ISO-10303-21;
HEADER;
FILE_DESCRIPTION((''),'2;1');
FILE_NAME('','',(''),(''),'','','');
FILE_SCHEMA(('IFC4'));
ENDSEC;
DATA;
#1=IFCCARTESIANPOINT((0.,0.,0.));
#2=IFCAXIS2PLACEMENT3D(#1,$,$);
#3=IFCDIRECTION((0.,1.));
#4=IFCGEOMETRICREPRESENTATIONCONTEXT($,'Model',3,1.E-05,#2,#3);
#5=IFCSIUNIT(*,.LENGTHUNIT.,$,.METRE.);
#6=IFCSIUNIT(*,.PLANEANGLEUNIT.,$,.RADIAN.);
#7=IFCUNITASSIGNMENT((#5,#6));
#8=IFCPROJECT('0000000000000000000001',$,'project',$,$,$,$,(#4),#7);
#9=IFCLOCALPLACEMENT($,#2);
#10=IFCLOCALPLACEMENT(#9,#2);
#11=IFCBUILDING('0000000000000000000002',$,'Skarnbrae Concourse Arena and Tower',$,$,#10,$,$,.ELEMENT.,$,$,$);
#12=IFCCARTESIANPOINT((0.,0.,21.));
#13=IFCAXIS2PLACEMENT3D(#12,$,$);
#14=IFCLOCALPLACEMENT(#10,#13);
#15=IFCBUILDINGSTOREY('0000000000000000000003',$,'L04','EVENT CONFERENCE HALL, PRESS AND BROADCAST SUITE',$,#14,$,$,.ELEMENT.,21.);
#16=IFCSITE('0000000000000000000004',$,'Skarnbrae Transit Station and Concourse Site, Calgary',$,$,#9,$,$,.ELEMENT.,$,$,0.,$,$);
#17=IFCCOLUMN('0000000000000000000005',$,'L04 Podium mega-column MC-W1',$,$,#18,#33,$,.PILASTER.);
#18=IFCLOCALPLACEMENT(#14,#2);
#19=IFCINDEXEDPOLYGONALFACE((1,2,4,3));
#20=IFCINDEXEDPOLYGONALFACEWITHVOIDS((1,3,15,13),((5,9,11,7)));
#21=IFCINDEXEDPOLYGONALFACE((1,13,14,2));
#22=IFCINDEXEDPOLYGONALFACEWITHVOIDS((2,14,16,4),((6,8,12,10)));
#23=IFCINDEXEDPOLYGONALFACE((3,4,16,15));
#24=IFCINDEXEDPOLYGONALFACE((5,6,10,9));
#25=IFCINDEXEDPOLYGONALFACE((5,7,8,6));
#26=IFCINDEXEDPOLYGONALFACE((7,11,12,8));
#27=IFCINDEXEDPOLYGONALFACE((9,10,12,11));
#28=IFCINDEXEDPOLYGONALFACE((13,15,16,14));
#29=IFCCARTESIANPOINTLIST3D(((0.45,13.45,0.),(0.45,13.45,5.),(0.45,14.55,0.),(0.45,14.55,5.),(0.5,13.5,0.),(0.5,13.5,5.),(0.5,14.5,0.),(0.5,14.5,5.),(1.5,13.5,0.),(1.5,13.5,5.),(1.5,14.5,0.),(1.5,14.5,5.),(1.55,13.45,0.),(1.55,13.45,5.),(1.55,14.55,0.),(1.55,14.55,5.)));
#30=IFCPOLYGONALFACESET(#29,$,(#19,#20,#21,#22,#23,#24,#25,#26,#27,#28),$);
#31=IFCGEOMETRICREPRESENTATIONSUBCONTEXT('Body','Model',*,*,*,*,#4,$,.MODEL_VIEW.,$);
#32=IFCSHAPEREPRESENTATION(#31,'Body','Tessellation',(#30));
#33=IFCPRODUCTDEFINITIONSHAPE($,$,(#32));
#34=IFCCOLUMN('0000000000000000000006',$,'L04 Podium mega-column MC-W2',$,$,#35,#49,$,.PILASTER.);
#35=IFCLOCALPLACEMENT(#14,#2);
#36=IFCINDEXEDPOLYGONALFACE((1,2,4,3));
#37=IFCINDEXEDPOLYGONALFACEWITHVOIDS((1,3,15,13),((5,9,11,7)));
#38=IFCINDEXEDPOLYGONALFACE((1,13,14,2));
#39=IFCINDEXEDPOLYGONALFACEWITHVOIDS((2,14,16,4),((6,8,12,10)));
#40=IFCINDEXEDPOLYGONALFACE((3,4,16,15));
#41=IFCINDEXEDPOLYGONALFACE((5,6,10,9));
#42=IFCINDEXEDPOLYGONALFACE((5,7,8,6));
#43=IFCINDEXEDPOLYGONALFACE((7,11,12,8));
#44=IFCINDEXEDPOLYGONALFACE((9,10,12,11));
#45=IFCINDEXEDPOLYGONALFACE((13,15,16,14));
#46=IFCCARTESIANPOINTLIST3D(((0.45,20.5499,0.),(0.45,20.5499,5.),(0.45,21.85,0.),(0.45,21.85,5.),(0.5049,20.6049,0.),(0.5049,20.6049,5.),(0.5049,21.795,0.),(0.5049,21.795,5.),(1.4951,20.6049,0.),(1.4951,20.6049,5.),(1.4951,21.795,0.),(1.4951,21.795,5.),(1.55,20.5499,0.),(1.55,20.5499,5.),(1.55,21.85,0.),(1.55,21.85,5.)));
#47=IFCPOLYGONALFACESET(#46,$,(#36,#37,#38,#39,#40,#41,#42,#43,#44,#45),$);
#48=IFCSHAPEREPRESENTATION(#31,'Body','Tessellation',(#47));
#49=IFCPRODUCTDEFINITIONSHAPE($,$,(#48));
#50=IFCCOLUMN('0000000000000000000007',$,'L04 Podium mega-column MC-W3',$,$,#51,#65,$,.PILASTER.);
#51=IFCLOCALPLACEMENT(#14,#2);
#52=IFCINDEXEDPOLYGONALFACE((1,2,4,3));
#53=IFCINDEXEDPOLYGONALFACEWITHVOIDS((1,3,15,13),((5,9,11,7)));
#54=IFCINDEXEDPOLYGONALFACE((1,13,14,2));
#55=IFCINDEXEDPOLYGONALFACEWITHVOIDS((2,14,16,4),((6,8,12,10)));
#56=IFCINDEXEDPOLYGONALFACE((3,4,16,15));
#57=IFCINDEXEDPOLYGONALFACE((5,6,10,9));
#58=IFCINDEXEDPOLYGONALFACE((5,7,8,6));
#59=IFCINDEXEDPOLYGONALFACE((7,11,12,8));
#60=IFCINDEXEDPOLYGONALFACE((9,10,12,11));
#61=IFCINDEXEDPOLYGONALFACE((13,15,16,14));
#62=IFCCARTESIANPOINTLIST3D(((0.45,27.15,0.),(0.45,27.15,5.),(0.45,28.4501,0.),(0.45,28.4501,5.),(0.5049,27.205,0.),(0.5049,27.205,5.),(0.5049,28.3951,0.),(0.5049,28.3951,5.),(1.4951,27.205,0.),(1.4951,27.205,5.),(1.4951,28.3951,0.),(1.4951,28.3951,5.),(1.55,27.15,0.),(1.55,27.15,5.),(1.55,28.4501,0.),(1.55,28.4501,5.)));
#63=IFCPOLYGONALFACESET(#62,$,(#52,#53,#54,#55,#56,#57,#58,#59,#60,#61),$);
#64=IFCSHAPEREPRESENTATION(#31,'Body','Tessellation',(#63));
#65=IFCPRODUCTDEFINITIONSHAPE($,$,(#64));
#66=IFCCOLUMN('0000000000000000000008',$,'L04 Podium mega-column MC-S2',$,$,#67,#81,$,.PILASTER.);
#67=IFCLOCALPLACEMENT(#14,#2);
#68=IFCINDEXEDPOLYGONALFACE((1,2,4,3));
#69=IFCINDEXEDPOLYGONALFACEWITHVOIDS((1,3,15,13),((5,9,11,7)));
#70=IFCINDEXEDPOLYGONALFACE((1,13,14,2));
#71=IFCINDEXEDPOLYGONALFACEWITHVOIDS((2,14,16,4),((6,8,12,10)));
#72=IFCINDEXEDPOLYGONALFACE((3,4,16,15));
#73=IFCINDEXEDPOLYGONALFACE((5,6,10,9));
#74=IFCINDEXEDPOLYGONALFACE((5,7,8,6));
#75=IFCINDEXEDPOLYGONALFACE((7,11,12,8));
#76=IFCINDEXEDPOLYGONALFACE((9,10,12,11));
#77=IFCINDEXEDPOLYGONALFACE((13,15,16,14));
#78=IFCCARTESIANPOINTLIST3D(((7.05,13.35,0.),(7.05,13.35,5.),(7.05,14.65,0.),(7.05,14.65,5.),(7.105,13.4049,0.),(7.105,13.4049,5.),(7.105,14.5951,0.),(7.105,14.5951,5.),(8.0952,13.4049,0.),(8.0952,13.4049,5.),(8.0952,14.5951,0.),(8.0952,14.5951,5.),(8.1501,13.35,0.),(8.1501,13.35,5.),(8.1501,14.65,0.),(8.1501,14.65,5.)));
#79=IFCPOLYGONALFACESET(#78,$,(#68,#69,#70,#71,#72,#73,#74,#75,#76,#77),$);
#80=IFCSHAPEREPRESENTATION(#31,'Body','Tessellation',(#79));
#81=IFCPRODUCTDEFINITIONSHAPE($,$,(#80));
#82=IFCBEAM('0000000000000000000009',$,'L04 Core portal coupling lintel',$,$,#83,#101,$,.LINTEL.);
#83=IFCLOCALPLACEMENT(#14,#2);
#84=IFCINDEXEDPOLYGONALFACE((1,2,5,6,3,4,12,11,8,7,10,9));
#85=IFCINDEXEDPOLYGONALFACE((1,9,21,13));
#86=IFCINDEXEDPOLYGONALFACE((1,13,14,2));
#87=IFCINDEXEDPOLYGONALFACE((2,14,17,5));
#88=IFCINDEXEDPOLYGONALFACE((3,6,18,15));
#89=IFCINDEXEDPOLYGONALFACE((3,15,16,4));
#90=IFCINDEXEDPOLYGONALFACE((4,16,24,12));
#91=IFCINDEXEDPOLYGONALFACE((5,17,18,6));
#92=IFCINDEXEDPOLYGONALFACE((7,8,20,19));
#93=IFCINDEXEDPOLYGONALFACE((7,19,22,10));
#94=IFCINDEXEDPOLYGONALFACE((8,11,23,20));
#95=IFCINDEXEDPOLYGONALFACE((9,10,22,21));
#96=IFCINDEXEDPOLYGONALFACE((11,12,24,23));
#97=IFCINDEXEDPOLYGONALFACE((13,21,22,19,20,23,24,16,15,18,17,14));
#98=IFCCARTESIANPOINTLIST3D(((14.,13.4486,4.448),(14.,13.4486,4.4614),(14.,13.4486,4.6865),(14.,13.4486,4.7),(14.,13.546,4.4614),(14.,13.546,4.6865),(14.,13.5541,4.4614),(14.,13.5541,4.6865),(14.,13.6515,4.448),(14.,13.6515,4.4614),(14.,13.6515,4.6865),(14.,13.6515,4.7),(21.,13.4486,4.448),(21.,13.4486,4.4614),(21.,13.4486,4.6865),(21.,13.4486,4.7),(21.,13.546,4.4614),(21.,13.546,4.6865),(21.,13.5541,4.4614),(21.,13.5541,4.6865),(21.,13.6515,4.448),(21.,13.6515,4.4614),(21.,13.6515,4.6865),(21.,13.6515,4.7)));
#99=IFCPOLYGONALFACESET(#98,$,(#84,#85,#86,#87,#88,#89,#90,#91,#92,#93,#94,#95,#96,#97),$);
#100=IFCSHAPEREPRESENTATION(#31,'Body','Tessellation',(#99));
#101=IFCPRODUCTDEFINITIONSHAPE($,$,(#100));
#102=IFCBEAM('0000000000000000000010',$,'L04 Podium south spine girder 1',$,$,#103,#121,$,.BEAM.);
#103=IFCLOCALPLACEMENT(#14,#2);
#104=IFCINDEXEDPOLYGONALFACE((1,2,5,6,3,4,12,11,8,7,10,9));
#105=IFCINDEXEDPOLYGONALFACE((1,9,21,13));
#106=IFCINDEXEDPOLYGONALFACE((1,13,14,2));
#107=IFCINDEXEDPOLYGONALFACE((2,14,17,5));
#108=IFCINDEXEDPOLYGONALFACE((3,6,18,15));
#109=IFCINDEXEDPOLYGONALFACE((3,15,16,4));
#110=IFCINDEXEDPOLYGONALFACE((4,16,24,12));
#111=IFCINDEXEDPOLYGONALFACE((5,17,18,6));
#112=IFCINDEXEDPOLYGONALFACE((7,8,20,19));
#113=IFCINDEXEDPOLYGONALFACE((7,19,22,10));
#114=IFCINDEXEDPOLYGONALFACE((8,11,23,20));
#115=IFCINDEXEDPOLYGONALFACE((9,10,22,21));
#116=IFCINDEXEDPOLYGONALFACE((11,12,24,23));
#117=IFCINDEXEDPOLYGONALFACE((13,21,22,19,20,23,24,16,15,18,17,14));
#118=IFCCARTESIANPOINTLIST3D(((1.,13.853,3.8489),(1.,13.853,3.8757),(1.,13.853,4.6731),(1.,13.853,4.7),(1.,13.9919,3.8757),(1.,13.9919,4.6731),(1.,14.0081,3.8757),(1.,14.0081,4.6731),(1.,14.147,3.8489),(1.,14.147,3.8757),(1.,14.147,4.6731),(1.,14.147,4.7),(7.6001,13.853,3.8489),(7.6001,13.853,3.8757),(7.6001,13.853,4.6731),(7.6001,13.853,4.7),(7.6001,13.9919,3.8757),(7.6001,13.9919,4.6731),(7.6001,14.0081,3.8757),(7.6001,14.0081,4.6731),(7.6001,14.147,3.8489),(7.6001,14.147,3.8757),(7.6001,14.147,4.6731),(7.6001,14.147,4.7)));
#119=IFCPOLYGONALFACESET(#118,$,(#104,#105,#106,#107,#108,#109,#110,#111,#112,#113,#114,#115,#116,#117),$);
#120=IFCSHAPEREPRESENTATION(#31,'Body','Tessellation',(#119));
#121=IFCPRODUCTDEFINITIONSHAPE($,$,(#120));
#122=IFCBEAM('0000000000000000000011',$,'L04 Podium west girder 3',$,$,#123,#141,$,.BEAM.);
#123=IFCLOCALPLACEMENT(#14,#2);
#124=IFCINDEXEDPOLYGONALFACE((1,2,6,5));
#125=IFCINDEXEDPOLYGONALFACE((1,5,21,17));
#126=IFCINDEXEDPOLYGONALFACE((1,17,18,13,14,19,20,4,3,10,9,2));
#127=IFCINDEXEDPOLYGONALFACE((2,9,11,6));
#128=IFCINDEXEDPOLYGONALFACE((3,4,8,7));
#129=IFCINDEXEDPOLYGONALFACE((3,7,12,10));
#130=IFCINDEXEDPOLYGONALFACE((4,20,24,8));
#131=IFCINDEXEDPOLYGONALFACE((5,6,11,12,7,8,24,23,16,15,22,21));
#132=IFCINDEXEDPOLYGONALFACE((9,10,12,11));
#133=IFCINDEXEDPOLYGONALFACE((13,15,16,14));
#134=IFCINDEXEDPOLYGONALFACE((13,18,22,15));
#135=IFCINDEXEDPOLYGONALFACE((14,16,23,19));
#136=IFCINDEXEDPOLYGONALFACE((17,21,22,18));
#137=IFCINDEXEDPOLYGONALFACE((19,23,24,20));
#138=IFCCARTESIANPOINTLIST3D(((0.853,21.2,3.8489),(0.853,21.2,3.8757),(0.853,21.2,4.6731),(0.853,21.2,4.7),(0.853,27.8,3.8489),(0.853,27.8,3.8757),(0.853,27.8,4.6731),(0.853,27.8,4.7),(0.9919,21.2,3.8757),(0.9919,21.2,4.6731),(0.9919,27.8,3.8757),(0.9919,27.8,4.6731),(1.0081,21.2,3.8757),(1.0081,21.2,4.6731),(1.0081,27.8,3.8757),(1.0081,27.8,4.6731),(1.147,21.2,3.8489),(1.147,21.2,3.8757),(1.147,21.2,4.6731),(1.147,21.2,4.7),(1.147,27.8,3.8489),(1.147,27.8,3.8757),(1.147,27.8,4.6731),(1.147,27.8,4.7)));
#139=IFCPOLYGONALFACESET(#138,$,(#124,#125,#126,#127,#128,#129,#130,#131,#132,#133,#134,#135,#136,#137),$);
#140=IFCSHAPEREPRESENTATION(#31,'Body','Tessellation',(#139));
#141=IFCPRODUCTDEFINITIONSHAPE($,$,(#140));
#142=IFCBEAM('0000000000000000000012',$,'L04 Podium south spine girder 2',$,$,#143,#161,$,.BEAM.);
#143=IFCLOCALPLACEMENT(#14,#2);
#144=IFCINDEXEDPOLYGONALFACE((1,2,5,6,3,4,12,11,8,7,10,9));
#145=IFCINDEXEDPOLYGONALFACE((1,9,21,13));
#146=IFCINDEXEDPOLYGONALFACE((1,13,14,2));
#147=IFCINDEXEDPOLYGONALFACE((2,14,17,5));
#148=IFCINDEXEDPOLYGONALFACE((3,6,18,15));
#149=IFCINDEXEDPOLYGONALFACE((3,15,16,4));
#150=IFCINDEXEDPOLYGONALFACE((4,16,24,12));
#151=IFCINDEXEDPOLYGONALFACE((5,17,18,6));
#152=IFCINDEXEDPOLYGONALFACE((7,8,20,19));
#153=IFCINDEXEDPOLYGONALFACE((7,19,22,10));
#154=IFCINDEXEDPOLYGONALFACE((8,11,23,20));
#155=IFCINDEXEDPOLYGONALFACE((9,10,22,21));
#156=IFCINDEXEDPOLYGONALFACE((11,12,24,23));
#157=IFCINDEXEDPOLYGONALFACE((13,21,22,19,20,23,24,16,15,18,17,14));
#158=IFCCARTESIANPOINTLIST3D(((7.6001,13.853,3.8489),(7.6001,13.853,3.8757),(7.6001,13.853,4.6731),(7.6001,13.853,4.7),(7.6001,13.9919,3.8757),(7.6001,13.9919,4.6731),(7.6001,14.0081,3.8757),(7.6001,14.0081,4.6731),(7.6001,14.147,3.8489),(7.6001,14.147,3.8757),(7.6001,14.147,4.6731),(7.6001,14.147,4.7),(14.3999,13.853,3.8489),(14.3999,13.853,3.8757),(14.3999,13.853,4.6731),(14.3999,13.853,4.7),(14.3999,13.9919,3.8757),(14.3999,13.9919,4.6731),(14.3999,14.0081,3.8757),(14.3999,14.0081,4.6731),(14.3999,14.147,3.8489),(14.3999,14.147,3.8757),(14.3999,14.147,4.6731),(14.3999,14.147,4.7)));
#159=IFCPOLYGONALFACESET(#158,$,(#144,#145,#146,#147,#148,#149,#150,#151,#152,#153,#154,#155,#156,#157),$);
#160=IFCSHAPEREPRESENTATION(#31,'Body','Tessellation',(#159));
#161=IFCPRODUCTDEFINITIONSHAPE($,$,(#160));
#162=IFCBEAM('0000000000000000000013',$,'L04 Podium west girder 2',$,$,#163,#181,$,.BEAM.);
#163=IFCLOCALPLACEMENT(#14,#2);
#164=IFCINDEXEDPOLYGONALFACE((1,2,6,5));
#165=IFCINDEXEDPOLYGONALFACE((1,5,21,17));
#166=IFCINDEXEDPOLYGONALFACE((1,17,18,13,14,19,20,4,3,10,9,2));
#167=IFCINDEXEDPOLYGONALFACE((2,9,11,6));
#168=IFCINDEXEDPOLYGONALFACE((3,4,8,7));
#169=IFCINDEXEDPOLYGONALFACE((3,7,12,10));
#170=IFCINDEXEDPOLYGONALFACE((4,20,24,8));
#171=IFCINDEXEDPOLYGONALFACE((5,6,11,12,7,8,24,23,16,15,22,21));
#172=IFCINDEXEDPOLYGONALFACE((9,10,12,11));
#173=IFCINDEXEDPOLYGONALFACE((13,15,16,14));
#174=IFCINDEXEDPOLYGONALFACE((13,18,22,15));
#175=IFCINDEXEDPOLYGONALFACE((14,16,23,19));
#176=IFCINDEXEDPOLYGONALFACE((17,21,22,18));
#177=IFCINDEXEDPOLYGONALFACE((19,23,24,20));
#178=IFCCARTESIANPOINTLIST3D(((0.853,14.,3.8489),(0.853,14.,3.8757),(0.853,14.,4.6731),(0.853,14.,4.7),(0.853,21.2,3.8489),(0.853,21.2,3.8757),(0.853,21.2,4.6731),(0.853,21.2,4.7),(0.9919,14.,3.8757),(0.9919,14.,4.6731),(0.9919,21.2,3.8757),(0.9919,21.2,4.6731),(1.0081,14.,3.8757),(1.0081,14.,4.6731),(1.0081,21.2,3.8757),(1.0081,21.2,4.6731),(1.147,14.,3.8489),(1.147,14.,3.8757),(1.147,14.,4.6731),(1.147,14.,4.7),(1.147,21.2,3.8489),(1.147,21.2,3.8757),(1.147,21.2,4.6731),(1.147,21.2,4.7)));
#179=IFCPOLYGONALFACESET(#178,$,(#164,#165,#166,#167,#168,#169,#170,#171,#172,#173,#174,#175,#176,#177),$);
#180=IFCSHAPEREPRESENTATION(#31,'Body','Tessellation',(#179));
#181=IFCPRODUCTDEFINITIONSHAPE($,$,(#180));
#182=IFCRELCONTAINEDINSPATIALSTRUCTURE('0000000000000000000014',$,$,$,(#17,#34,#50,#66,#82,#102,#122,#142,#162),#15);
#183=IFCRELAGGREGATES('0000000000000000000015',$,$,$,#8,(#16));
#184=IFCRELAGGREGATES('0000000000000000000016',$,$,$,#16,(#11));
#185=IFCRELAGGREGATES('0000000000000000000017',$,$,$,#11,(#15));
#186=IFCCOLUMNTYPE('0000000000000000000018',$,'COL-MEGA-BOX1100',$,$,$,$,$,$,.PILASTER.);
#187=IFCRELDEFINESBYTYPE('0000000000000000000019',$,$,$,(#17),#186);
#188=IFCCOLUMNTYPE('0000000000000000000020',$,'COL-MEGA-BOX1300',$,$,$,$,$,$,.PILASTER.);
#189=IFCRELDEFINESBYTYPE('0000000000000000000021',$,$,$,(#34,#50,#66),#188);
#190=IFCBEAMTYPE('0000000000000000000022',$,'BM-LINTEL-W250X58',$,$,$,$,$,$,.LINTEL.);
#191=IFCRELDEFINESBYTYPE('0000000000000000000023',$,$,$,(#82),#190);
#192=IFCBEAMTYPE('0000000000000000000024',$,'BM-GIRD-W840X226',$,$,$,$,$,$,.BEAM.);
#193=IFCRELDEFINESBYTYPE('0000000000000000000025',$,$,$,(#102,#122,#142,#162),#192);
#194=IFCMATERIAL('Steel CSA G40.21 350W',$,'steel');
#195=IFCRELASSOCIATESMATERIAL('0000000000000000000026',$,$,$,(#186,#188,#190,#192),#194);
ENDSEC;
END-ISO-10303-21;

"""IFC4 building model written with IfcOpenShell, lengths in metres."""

from ifc_helpers import new_model, si_unit, direction, frame, origin, origin_2d, place, context, subcontext, project, spatial, hollow_rectangle, i_section, extrude, source, transform, mapped, material, material_profile, profile_set, type_object, element, save


model = new_model("IFC4")

# Units and contexts
model_context = context("Model", 3, precision=1e-05, world=origin(), true_north=direction((0.0, 1.0)))
body_context = subcontext(model_context, "Body", "Model", "MODEL_VIEW")
ifc_project = project(units=[si_unit("LENGTHUNIT", "METRE"), si_unit("PLANEANGLEUNIT", "RADIAN")], contexts=[model_context])

# Site, building, storey
site_placement = place(None, origin())
site = spatial("IfcSite", under=ifc_project, at=site_placement, Name="Skarnbrae Transit Station and Concourse Site, Calgary", CompositionType="ELEMENT", RefElevation=0.0)
building_placement = place(site_placement, origin())
building = spatial("IfcBuilding", under=site, at=building_placement, Name="Skarnbrae Concourse Arena and Tower", CompositionType="ELEMENT")
storey_placement = place(building_placement, frame((0.0, 0.0, 21.0)))
storey = spatial("IfcBuildingStorey", under=building, at=storey_placement, Name="L04", Description="EVENT CONFERENCE HALL, PRESS AND BROADCAST SUITE", CompositionType="ELEMENT", Elevation=21.0)

# Columns
ifc_material_1 = material(Name="Steel CSA G40.21 350W", Category="steel")
ifc_material_profile_1 = material_profile(ifc_material_1, hollow_rectangle(XDim=1.1001, YDim=1.1001, WallThickness=0.05, at=origin_2d()), Name="BOX1100X1100X50")
ifc_profile_set_1 = profile_set([ifc_material_profile_1], Name="Steel CSA G40.21 350W")
column_type_1 = type_object("IfcColumnType", Name="COL-MEGA-BOX1100", PredefinedType="PILASTER", material=ifc_profile_set_1)
shared_shape_1 = source(origin(), body_context, "Body", "SweptSolid", [
    extrude(hollow_rectangle(XDim=1.1001, YDim=1.1001, WallThickness=0.05, at=origin_2d()), origin(), (0.0, 0.0, 1.0), 5.0),
])
column_placement = place(storey_placement, frame((1.0, 14.0, 0.0), z_axis=(0.0, 0.0, 1.0), x_axis=(1.0, 0.0, 0.0)))
element("IfcColumn", 1, at=column_placement, inside=storey, type_object=column_type_1, Name="L04 Podium mega-column MC-W1", PredefinedType="PILASTER", context=body_context, shape_type="MappedRepresentation", body=[
    mapped(shared_shape_1, transform((0.0, 0.0, 0.0))),
])
ifc_material_profile_2 = material_profile(ifc_material_1, hollow_rectangle(XDim=1.1001, YDim=1.3, WallThickness=0.0549, at=origin_2d()), Name="BOX1300X1100X55")
ifc_profile_set_2 = profile_set([ifc_material_profile_2], Name="Steel CSA G40.21 350W")
column_type_2 = type_object("IfcColumnType", Name="COL-MEGA-BOX1300", PredefinedType="PILASTER", material=ifc_profile_set_2)
shared_shape_2 = source(origin(), body_context, "Body", "SweptSolid", [
    extrude(hollow_rectangle(XDim=1.1001, YDim=1.3, WallThickness=0.0549, at=origin_2d()), origin(), (0.0, 0.0, 1.0), 5.0),
])
for number, where, z_axis, x_axis, name in (
    (2, (1.0, 21.2, 0.0), (0.0, 0.0, 1.0), (1.0, 0.0, 0.0), "L04 Podium mega-column MC-W2"),
    (3, (1.0, 27.8, 0.0), (0.0, 0.0, 1.0), (1.0, 0.0, 0.0), "L04 Podium mega-column MC-W3"),
    (4, (7.6001, 14.0, 0.0), (0.0, 0.0, 1.0), (1.0, 0.0, 0.0), "L04 Podium mega-column MC-S2"),
):
    element("IfcColumn", number, at=place(storey_placement, frame(where, z_axis=z_axis, x_axis=x_axis)), inside=storey, type_object=column_type_2, Name=name, PredefinedType="PILASTER", context=body_context, shape_type="MappedRepresentation", body=[
        mapped(shared_shape_2, transform((0.0, 0.0, 0.0))),
    ])

# Beams
ifc_material_profile_3 = material_profile(ifc_material_1, i_section(OverallWidth=0.2029, OverallDepth=0.252, WebThickness=0.0081, FlangeThickness=0.0134, at=origin_2d()), Name="W250X58")
ifc_profile_set_3 = profile_set([ifc_material_profile_3], Name="Steel CSA G40.21 350W")
beam_type_1 = type_object("IfcBeamType", Name="BM-LINTEL-W250X58", PredefinedType="LINTEL", material=ifc_profile_set_3)
shared_shape_3 = source(origin(), body_context, "Body", "SweptSolid", [
    extrude(i_section(OverallWidth=0.2029, OverallDepth=0.252, WebThickness=0.0081, FlangeThickness=0.0134, at=origin_2d()), origin(), (0.0, 0.0, 1.0), 7.0),
])
beam_1_placement = place(storey_placement, frame((14.0, 13.55, 4.574), z_axis=(1.0, 0.0, 0.0), x_axis=(0.0, 1.0, 0.0)))
element("IfcBeam", 5, at=beam_1_placement, inside=storey, type_object=beam_type_1, Name="L04 Core portal coupling lintel", PredefinedType="LINTEL", context=body_context, shape_type="MappedRepresentation", body=[
    mapped(shared_shape_3, transform((0.0, 0.0, 0.0))),
])
ifc_material_profile_4 = material_profile(ifc_material_1, i_section(OverallWidth=0.2939, OverallDepth=0.8511, WebThickness=0.0161, FlangeThickness=0.0269, at=origin_2d()), Name="W840X226")
ifc_profile_set_4 = profile_set([ifc_material_profile_4], Name="Steel CSA G40.21 350W")
beam_type_2 = type_object("IfcBeamType", Name="BM-GIRD-W840X226", PredefinedType="BEAM", material=ifc_profile_set_4)
shared_shape_4 = source(origin(), body_context, "Body", "SweptSolid", [
    extrude(i_section(OverallWidth=0.2939, OverallDepth=0.8511, WebThickness=0.0161, FlangeThickness=0.0269, at=origin_2d()), origin(), (0.0, 0.0, 1.0), 6.6001),
])
for number, where, z_axis, x_axis, name in (
    (6, (1.0, 14.0, 4.2744), (1.0, 0.0, 0.0), (0.0, 1.0, 0.0), "L04 Podium south spine girder 1"),
    (7, (1.0, 21.2, 4.2744), (0.0, 1.0, 0.0), (-1.0, 0.0, 0.0), "L04 Podium west girder 3"),
):
    element("IfcBeam", number, at=place(storey_placement, frame(where, z_axis=z_axis, x_axis=x_axis)), inside=storey, type_object=beam_type_2, Name=name, PredefinedType="BEAM", context=body_context, shape_type="MappedRepresentation", body=[
        mapped(shared_shape_4, transform((0.0, 0.0, 0.0))),
    ])
shared_shape_5 = source(origin(), body_context, "Body", "SweptSolid", [
    extrude(i_section(OverallWidth=0.2939, OverallDepth=0.8511, WebThickness=0.0161, FlangeThickness=0.0269, at=origin_2d()), origin(), (0.0, 0.0, 1.0), 6.7998),
])
beam_2_placement = place(storey_placement, frame((7.6001, 14.0, 4.2744), z_axis=(1.0, 0.0, 0.0), x_axis=(0.0, 1.0, 0.0)))
element("IfcBeam", 8, at=beam_2_placement, inside=storey, type_object=beam_type_2, Name="L04 Podium south spine girder 2", PredefinedType="BEAM", context=body_context, shape_type="MappedRepresentation", body=[
    mapped(shared_shape_5, transform((0.0, 0.0, 0.0))),
])
shared_shape_6 = source(origin(), body_context, "Body", "SweptSolid", [
    extrude(i_section(OverallWidth=0.2939, OverallDepth=0.8511, WebThickness=0.0161, FlangeThickness=0.0269, at=origin_2d()), origin(), (0.0, 0.0, 1.0), 7.2),
])
beam_3_placement = place(storey_placement, frame((1.0, 14.0, 4.2744), z_axis=(0.0, 1.0, 0.0), x_axis=(-1.0, 0.0, 0.0)))
element("IfcBeam", 9, at=beam_3_placement, inside=storey, type_object=beam_type_2, Name="L04 Podium west girder 2", PredefinedType="BEAM", context=body_context, shape_type="MappedRepresentation", body=[
    mapped(shared_shape_6, transform((0.0, 0.0, 0.0))),
])

save(model, "model.ifc")
